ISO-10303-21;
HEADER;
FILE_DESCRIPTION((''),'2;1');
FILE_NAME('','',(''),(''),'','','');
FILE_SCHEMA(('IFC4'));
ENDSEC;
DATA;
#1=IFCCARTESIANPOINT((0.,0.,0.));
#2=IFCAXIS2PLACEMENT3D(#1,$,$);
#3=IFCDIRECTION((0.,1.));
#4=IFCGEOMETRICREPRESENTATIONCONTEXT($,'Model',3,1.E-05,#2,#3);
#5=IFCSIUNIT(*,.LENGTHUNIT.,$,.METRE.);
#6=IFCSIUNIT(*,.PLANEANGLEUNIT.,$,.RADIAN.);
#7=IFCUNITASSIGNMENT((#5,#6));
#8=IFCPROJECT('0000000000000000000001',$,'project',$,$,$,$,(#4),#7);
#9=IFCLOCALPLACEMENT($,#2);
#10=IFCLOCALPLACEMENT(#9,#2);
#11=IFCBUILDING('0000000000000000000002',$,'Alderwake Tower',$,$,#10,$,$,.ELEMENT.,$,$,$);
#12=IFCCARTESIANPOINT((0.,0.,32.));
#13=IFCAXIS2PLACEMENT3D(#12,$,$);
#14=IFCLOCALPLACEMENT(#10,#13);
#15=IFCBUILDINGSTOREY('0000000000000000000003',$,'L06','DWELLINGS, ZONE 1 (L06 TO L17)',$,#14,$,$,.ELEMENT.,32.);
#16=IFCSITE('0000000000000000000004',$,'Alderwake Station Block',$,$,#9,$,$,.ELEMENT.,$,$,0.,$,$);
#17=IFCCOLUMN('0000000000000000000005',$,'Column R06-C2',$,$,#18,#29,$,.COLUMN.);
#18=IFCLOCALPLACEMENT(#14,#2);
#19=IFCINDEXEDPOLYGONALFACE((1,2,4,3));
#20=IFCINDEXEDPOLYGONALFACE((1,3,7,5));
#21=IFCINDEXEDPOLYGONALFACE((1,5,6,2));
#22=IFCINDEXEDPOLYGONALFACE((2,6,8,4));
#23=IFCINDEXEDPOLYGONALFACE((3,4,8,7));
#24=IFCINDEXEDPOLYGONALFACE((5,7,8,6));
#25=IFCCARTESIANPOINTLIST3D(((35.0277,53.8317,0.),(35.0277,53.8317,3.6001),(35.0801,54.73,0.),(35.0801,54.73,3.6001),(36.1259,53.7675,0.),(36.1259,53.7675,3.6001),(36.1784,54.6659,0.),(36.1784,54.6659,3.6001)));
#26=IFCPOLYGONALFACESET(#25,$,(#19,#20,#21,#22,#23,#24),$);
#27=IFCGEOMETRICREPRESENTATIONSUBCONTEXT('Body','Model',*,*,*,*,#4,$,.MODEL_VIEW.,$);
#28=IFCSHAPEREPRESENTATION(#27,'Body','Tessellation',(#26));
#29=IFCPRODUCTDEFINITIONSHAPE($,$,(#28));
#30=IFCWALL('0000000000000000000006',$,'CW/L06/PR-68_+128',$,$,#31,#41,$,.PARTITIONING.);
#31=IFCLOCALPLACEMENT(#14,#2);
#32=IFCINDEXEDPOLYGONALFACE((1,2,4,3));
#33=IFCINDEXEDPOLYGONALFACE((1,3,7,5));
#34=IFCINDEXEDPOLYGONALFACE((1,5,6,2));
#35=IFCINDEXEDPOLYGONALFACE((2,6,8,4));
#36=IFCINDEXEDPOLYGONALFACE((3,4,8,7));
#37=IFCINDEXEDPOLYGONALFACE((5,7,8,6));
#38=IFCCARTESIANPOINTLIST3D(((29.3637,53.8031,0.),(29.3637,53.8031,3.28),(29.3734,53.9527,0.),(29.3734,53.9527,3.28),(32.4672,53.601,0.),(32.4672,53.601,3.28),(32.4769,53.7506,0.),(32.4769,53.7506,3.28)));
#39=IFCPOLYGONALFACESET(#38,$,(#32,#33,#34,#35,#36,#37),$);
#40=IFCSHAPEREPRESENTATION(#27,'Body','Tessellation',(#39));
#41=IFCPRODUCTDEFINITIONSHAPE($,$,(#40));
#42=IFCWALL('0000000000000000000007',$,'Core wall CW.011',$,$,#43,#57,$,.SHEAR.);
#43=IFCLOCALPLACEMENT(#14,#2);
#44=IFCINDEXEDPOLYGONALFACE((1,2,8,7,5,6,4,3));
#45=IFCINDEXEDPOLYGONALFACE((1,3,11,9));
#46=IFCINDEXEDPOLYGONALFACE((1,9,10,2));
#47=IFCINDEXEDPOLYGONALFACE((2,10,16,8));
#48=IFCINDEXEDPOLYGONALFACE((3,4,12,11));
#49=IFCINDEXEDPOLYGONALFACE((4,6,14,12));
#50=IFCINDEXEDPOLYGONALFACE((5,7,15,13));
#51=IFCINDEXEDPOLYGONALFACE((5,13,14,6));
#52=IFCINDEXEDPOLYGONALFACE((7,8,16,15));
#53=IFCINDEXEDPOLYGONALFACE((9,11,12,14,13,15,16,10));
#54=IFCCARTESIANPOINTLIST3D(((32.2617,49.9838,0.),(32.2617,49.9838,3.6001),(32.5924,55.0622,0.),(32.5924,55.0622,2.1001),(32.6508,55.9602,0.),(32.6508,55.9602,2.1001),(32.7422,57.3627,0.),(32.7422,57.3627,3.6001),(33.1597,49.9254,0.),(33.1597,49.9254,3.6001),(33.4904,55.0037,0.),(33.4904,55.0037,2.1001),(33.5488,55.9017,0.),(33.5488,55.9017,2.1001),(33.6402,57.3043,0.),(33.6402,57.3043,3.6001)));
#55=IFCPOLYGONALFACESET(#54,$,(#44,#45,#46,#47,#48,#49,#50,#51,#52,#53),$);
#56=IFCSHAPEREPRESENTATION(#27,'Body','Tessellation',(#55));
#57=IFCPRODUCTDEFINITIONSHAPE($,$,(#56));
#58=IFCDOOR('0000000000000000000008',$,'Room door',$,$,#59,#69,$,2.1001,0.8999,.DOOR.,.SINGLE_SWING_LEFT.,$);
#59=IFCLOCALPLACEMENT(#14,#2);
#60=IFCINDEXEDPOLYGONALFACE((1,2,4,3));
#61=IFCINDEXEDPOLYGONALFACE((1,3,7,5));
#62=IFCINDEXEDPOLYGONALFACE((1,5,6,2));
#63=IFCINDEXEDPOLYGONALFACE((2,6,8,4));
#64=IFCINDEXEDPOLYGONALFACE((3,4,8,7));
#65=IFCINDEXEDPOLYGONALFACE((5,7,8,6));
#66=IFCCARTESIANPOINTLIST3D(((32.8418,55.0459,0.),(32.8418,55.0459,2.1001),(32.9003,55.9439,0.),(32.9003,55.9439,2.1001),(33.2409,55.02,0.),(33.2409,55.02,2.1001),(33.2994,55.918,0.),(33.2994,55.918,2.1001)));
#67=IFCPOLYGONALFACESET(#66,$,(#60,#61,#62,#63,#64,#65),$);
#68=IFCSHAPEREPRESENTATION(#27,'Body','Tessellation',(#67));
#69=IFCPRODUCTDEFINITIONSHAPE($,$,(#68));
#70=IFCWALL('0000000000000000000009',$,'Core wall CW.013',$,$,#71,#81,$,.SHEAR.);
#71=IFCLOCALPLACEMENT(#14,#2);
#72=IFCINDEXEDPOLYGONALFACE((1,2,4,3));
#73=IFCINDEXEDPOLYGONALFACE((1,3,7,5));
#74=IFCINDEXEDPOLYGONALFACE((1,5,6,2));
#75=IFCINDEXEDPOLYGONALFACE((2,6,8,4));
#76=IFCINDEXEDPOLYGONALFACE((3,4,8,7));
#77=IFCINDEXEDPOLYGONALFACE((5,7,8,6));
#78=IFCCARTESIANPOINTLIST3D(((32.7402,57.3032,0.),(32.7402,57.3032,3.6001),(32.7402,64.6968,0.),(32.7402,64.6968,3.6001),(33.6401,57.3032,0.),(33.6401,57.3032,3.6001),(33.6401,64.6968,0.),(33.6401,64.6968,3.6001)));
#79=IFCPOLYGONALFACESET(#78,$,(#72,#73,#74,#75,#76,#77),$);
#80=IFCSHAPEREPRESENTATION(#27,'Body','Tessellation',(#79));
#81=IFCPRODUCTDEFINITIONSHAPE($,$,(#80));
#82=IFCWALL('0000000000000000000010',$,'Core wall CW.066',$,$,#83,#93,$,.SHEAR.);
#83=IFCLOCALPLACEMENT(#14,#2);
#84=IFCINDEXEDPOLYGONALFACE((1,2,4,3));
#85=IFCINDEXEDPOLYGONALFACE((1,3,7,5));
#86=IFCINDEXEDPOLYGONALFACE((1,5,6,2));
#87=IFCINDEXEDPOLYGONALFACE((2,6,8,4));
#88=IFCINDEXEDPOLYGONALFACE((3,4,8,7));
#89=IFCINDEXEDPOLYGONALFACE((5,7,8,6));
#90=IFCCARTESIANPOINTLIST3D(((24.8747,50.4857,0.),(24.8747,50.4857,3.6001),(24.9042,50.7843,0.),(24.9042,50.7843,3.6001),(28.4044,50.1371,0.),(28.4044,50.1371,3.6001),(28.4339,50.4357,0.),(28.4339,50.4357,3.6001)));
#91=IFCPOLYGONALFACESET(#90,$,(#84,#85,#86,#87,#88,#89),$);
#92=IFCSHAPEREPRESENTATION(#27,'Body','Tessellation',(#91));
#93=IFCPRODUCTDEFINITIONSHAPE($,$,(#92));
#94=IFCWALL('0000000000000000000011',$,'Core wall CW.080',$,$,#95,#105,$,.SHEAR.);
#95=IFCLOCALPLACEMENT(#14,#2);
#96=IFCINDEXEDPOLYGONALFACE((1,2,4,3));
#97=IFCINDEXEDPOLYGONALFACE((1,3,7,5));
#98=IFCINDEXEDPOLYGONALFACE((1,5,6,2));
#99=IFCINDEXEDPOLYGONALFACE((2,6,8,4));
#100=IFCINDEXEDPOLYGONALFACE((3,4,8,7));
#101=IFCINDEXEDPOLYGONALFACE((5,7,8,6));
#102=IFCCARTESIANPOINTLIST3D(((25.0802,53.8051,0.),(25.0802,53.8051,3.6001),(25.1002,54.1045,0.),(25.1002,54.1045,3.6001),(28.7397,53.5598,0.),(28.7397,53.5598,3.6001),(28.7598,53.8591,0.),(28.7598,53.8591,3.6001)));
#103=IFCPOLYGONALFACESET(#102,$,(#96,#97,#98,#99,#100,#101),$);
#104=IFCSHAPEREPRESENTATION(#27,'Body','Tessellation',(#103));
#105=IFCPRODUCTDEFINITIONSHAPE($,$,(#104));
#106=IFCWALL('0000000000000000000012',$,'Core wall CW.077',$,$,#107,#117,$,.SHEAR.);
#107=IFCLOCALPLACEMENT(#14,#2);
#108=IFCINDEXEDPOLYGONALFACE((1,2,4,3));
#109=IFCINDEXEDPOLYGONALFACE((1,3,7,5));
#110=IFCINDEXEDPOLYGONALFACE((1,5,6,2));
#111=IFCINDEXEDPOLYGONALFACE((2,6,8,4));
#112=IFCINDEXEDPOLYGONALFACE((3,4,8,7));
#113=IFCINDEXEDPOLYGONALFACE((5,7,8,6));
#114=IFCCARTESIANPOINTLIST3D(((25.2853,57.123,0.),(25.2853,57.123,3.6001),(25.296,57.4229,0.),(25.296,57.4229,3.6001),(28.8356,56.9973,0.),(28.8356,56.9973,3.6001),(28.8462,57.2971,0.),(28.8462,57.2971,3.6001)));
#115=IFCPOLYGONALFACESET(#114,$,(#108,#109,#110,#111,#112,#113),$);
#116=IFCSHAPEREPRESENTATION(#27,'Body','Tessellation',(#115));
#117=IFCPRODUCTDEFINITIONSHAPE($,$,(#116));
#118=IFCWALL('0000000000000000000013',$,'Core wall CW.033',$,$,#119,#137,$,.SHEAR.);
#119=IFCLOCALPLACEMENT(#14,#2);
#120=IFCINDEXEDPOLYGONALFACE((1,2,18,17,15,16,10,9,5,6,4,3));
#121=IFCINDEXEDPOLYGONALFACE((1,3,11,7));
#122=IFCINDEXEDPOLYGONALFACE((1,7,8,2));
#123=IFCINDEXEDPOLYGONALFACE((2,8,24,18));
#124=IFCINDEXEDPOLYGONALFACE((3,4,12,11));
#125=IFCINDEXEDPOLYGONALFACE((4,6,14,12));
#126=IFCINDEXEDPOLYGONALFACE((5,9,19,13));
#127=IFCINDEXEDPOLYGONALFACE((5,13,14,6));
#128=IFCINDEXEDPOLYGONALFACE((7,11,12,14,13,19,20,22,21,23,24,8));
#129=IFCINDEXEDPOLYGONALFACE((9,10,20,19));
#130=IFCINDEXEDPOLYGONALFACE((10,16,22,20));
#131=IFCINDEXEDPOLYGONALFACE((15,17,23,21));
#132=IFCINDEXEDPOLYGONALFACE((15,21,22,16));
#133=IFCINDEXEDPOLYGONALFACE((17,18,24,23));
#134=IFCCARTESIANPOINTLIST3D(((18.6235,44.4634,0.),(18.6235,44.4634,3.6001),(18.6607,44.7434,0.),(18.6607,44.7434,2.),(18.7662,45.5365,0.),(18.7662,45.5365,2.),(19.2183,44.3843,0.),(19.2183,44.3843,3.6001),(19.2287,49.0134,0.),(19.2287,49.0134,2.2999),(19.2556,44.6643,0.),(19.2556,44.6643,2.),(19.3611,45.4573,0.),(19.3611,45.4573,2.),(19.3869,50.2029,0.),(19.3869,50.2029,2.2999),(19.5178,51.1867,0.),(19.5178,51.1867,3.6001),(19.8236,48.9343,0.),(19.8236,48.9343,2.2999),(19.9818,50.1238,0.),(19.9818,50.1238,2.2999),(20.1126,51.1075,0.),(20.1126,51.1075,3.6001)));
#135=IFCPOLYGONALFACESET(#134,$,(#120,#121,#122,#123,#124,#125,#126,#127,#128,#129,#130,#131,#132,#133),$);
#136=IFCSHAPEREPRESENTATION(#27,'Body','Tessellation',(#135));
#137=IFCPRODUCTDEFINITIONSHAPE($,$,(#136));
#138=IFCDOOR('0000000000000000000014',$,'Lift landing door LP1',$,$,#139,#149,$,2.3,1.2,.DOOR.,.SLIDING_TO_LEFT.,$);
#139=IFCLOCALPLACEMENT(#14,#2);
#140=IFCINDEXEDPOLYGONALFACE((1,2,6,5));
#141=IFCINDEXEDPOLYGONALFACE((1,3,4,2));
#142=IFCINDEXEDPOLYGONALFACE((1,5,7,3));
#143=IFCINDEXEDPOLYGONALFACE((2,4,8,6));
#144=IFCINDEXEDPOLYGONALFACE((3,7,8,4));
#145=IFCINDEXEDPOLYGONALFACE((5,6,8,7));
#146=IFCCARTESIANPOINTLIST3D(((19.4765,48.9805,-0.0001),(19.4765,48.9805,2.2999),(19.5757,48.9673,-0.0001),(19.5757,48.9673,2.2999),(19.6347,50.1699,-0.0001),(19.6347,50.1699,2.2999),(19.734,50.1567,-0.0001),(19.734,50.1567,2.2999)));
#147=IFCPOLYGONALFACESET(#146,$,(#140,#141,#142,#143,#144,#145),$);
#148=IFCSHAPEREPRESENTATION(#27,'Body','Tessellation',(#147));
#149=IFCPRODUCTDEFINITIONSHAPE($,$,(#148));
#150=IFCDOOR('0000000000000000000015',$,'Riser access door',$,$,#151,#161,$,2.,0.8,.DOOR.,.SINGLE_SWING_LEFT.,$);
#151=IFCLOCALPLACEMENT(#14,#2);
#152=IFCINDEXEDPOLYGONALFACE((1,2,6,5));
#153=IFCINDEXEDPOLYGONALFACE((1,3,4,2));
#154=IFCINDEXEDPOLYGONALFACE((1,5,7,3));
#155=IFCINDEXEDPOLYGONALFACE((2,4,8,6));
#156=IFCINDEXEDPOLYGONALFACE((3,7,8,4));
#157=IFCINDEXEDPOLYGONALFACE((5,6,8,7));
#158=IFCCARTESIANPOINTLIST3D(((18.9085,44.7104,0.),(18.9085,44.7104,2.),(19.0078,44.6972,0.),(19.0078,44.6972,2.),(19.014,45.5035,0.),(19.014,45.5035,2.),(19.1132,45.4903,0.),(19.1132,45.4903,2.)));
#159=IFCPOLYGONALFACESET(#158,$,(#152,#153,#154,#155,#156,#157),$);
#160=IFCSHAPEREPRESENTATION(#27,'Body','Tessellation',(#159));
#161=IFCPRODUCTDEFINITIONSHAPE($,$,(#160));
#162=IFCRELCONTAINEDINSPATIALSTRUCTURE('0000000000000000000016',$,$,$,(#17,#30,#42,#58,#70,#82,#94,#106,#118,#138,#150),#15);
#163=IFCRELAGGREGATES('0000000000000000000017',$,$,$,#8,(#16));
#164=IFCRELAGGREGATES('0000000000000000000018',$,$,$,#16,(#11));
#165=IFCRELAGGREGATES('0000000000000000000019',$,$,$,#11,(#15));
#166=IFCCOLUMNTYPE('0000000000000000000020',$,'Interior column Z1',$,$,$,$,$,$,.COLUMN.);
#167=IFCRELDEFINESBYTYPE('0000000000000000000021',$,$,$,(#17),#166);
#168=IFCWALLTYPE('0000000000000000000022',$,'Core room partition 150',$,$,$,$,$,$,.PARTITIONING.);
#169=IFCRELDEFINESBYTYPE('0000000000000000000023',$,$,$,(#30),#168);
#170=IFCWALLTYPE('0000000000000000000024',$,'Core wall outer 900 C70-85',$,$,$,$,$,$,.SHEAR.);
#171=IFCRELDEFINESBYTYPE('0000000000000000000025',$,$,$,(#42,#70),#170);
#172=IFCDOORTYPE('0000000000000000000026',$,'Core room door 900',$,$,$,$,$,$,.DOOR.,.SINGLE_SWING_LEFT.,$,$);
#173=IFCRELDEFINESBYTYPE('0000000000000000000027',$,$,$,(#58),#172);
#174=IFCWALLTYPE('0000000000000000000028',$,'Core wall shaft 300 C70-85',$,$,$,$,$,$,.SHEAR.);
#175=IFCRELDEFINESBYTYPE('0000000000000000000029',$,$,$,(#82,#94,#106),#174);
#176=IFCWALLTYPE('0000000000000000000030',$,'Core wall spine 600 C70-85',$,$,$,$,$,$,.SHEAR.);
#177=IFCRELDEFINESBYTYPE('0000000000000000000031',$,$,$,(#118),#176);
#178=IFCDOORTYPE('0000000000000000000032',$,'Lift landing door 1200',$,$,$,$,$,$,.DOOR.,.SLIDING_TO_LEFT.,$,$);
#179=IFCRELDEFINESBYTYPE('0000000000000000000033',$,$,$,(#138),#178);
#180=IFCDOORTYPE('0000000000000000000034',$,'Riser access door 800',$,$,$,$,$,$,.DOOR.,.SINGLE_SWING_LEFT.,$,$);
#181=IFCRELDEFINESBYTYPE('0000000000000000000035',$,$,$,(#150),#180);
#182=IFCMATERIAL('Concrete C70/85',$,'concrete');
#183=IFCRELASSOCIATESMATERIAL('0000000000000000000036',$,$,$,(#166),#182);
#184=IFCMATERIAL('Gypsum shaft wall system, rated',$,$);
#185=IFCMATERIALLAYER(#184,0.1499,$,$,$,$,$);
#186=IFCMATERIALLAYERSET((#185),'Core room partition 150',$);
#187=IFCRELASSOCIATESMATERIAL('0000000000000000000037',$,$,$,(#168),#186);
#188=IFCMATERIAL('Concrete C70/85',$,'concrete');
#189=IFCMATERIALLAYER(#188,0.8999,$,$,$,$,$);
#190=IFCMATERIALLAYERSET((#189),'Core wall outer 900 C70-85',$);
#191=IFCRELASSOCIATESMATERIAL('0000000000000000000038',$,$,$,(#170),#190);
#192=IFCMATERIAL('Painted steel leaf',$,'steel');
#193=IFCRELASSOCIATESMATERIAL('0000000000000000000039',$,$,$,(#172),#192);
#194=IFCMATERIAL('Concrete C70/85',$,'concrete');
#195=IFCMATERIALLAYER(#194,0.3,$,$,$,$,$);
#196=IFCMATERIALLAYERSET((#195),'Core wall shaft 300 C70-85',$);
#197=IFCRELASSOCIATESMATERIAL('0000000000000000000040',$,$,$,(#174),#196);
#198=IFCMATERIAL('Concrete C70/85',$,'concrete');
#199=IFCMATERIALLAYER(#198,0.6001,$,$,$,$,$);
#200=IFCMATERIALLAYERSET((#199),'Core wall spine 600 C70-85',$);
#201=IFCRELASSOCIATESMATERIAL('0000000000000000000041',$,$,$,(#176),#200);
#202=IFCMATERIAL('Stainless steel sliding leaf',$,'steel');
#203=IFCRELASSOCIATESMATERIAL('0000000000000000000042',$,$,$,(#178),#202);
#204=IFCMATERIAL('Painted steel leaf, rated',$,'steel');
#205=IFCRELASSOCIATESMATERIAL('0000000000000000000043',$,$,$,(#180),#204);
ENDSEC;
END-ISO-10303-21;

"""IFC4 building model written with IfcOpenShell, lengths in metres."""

from ifc_helpers import new_model, si_unit, direction, frame, frame_2d, origin, origin_2d, place, context, subcontext, project, spatial, rectangle, extrude, material, layer, layer_set, material_profile, profile_set, type_object, element, fill, save


model = new_model("IFC4")

# Units and contexts
model_context = context("Model", 3, precision=1e-05, world=origin(), true_north=direction((0.0, 1.0)))
body_context = subcontext(model_context, "Body", "Model", "MODEL_VIEW")
ifc_project = project(units=[si_unit("LENGTHUNIT", "METRE"), si_unit("PLANEANGLEUNIT", "RADIAN")], contexts=[model_context])

# Site, building, storey
site_placement = place(None, origin())
site = spatial("IfcSite", under=ifc_project, at=site_placement, Name="Alderwake Station Block", CompositionType="ELEMENT", RefElevation=0.0)
building_placement = place(site_placement, origin())
building = spatial("IfcBuilding", under=site, at=building_placement, Name="Alderwake Tower", CompositionType="ELEMENT")
storey_placement = place(building_placement, frame((0.0, 0.0, 32.0)))
storey = spatial("IfcBuildingStorey", under=building, at=storey_placement, Name="L06", Description="DWELLINGS, ZONE 1 (L06 TO L17)", CompositionType="ELEMENT", Elevation=32.0)

# Column
ifc_material_1 = material(Name="Concrete C70/85", Category="concrete")
ifc_material_profile = material_profile(ifc_material_1, rectangle(XDim=0.8999, YDim=1.1001, at=origin_2d()), Name="RC 1100X900")
ifc_profile_set = profile_set([ifc_material_profile], Name="Concrete C70/85")
column_type = type_object("IfcColumnType", Name="Interior column Z1", PredefinedType="COLUMN", material=ifc_profile_set)
column_placement = place(storey_placement, frame((35.603, 54.2488, 0.0), z_axis=(0.0, 0.0, 1.0), x_axis=(0.058301, 0.998299, 0.0)))
element("IfcColumn", 1, at=column_placement, inside=storey, type_object=column_type, Name="Column R06-C2", PredefinedType="COLUMN", context=body_context, shape_type="SweptSolid", body=[
    extrude(rectangle(XDim=0.8999, YDim=1.1001, at=origin_2d()), origin(), (0.0, 0.0, 1.0), 3.6001),
])

# Wall
ifc_material_2 = material(Name="Gypsum shaft wall system, rated")
ifc_layer_1 = layer(ifc_material_2, 0.1499)
ifc_layer_set_1 = layer_set([ifc_layer_1], Name="Core room partition 150")
wall_type_1 = type_object("IfcWallType", Name="Core room partition 150", PredefinedType="PARTITIONING", material=ifc_layer_set_1)
wall_1_placement = place(storey_placement, frame((29.3684, 53.8779, 0.0), z_axis=(0.0, 0.0, 1.0), x_axis=(0.997885, -0.064998, 0.0)))
element("IfcWall", 2, at=wall_1_placement, inside=storey, type_object=wall_type_1, Name="CW/L06/PR-68_+128", PredefinedType="PARTITIONING", context=body_context, shape_type="SweptSolid", body=[
    extrude(rectangle(XDim=3.1101, YDim=0.1499, at=frame_2d((1.5552, 0.0))), origin(), (0.0, 0.0, 1.0), 3.28),
])

# Wall, opening, door
ifc_material_3 = material(Name="Concrete C70/85", Category="concrete")
ifc_layer_2 = layer(ifc_material_3, 0.8999)
ifc_layer_set_2 = layer_set([ifc_layer_2], Name="Core wall outer 900 C70-85")
wall_type_2 = type_object("IfcWallType", Name="Core wall outer 900 C70-85", PredefinedType="SHEAR", material=ifc_layer_set_2)
wall_2_placement = place(storey_placement, frame((33.1912, 57.3335, 0.0), z_axis=(0.0, 0.0, 1.0), x_axis=(-0.064976, -0.997887, 0.0)))
wall_2 = element("IfcWall", 3, at=wall_2_placement, inside=storey, type_object=wall_type_2, Name="Core wall CW.011", PredefinedType="SHEAR", context=body_context, shape_type="SweptSolid", body=[
    extrude(rectangle(XDim=7.3945, YDim=0.8999, at=frame_2d((3.6973, 0.0))), origin(), (0.0, 0.0, 1.0), 3.6001),
])
opening_1_placement = place(wall_2_placement, frame((1.4055, 0.0, 0.0)))
opening_1 = element("IfcOpeningElement", 4, at=opening_1_placement, cuts=wall_2, PredefinedType="OPENING", context=body_context, shape_type="SweptSolid", body=[
    extrude(rectangle(XDim=0.8999, YDim=2.1001, at=frame_2d((0.45, 1.05))), frame((0.0, 0.46, 0.0), z_axis=(0.0, -1.0, 0.0), x_axis=(1.0, 0.0, 0.0)), (0.0, 0.0, 1.0), 0.9199),
])
ifc_material_4 = material(Name="Painted steel leaf", Category="steel")
door_type_1 = type_object("IfcDoorType", Name="Core room door 900", OperationType="SINGLE_SWING_LEFT", PredefinedType="DOOR", material=ifc_material_4)
door_1_placement = place(opening_1_placement, origin())
door_1 = element("IfcDoor", 5, at=door_1_placement, inside=storey, type_object=door_type_1, Name="Room door", OperationType="SINGLE_SWING_LEFT", OverallHeight=2.1001, OverallWidth=0.8999, PredefinedType="DOOR", context=body_context, shape_type="SweptSolid", body=[
    extrude(rectangle(XDim=0.8999, YDim=2.1001, at=frame_2d((0.45, 1.05))), frame((0.0, 0.2, 0.0), z_axis=(0.0, -1.0, 0.0), x_axis=(1.0, 0.0, 0.0)), (0.0, 0.0, 1.0), 0.3999),
])
fill(opening_1, door_1)

# Walls
wall_3_placement = place(storey_placement, frame((33.1902, 57.3032, 0.0), z_axis=(0.0, 0.0, 1.0), x_axis=(0.0, 1.0, 0.0)))
element("IfcWall", 6, at=wall_3_placement, inside=storey, type_object=wall_type_2, Name="Core wall CW.013", PredefinedType="SHEAR", context=body_context, shape_type="SweptSolid", body=[
    extrude(rectangle(XDim=7.3936, YDim=0.8999, at=frame_2d((3.6968, 0.0))), origin(), (0.0, 0.0, 1.0), 3.6001),
])
ifc_material_5 = material(Name="Concrete C70/85", Category="concrete")
ifc_layer_3 = layer(ifc_material_5, 0.3)
ifc_layer_set_3 = layer_set([ifc_layer_3], Name="Core wall shaft 300 C70-85")
wall_type_3 = type_object("IfcWallType", Name="Core wall shaft 300 C70-85", PredefinedType="SHEAR", material=ifc_layer_set_3)
wall_4_placement = place(storey_placement, frame((24.8894, 50.635, 0.0), z_axis=(0.0, 0.0, 1.0), x_axis=(0.995158, -0.098291, 0.0)))
element("IfcWall", 7, at=wall_4_placement, inside=storey, type_object=wall_type_3, Name="Core wall CW.066", PredefinedType="SHEAR", context=body_context, shape_type="SweptSolid", body=[
    extrude(rectangle(XDim=3.5469, YDim=0.3, at=frame_2d((1.7734, 0.0))), origin(), (0.0, 0.0, 1.0), 3.6001),
])
wall_5_placement = place(storey_placement, frame((25.0901, 53.9548, 0.0), z_axis=(0.0, 0.0, 1.0), x_axis=(0.99776, -0.066899, 0.0)))
element("IfcWall", 8, at=wall_5_placement, inside=storey, type_object=wall_type_3, Name="Core wall CW.080", PredefinedType="SHEAR", context=body_context, shape_type="SweptSolid", body=[
    extrude(rectangle(XDim=3.6677, YDim=0.3, at=frame_2d((1.834, 0.0))), origin(), (0.0, 0.0, 1.0), 3.6001),
])
wall_6_placement = place(storey_placement, frame((25.2905, 57.2729, 0.0), z_axis=(0.0, 0.0, 1.0), x_axis=(0.999373, -0.035392, 0.0)))
element("IfcWall", 9, at=wall_6_placement, inside=storey, type_object=wall_type_3, Name="Core wall CW.077", PredefinedType="SHEAR", context=body_context, shape_type="SweptSolid", body=[
    extrude(rectangle(XDim=3.5525, YDim=0.3, at=frame_2d((1.7764, 0.0))), origin(), (0.0, 0.0, 1.0), 3.6001),
])

# Wall, openings, doors
ifc_material_6 = material(Name="Concrete C70/85", Category="concrete")
ifc_layer_4 = layer(ifc_material_6, 0.6001)
ifc_layer_set_4 = layer_set([ifc_layer_4], Name="Core wall spine 600 C70-85")
wall_type_4 = type_object("IfcWallType", Name="Core wall spine 600 C70-85", PredefinedType="SHEAR", material=ifc_layer_set_4)
wall_7_placement = place(storey_placement, frame((19.8152, 51.147, 0.0), z_axis=(0.0, 0.0, 1.0), x_axis=(-0.131855, -0.991269, 0.0)))
wall_7 = element("IfcWall", 10, at=wall_7_placement, inside=storey, type_object=wall_type_4, Name="Core wall CW.033", PredefinedType="SHEAR", context=body_context, shape_type="SweptSolid", body=[
    extrude(rectangle(XDim=6.7825, YDim=0.6001, at=frame_2d((3.3911, 0.0))), origin(), (0.0, 0.0, 1.0), 3.6001),
])
opening_2_placement = place(wall_7_placement, frame((0.9922, 0.0, 0.0)))
opening_2 = element("IfcOpeningElement", 11, at=opening_2_placement, cuts=wall_7, PredefinedType="OPENING", context=body_context, shape_type="SweptSolid", body=[
    extrude(rectangle(XDim=1.2, YDim=2.3, at=frame_2d((0.6001, 1.1499))), frame((0.0, 0.3101, 0.0), z_axis=(0.0, -1.0, 0.0), x_axis=(1.0, 0.0, 0.0)), (0.0, 0.0, 1.0), 0.6201),
])
opening_3_placement = place(wall_7_placement, frame((5.7, 0.0, 0.0)))
opening_3 = element("IfcOpeningElement", 12, at=opening_3_placement, cuts=wall_7, PredefinedType="OPENING", context=body_context, shape_type="SweptSolid", body=[
    extrude(rectangle(XDim=0.8, YDim=2.0, at=frame_2d((0.3999, 1.0))), frame((0.0, 0.3101, 0.0), z_axis=(0.0, -1.0, 0.0), x_axis=(1.0, 0.0, 0.0)), (0.0, 0.0, 1.0), 0.6201),
])
ifc_material_7 = material(Name="Stainless steel sliding leaf", Category="steel")
door_type_2 = type_object("IfcDoorType", Name="Lift landing door 1200", OperationType="SLIDING_TO_LEFT", PredefinedType="DOOR", material=ifc_material_7)
door_2_placement = place(opening_2_placement, origin())
door_2 = element("IfcDoor", 13, at=door_2_placement, inside=storey, type_object=door_type_2, Name="Lift landing door LP1", OperationType="SLIDING_TO_LEFT", OverallHeight=2.3, OverallWidth=1.2, PredefinedType="DOOR", context=body_context, shape_type="SweptSolid", body=[
    extrude(rectangle(XDim=1.2, YDim=2.3, at=frame_2d((0.6001, 1.1499))), frame((0.0, 0.05, 0.0), z_axis=(0.0, -1.0, 0.0), x_axis=(1.0, 0.0, 0.0)), (0.0, 0.0, 1.0), 0.1001),
])
fill(opening_2, door_2)
ifc_material_8 = material(Name="Painted steel leaf, rated", Category="steel")
door_type_3 = type_object("IfcDoorType", Name="Riser access door 800", OperationType="SINGLE_SWING_LEFT", PredefinedType="DOOR", material=ifc_material_8)
door_3_placement = place(opening_3_placement, origin())
door_3 = element("IfcDoor", 14, at=door_3_placement, inside=storey, type_object=door_type_3, Name="Riser access door", OperationType="SINGLE_SWING_LEFT", OverallHeight=2.0, OverallWidth=0.8, PredefinedType="DOOR", context=body_context, shape_type="SweptSolid", body=[
    extrude(rectangle(XDim=0.8, YDim=2.0, at=frame_2d((0.3999, 1.0))), frame((0.0, 0.05, 0.0), z_axis=(0.0, -1.0, 0.0), x_axis=(1.0, 0.0, 0.0)), (0.0, 0.0, 1.0), 0.1001),
])
fill(opening_3, door_3)

save(model, "model.ifc")
